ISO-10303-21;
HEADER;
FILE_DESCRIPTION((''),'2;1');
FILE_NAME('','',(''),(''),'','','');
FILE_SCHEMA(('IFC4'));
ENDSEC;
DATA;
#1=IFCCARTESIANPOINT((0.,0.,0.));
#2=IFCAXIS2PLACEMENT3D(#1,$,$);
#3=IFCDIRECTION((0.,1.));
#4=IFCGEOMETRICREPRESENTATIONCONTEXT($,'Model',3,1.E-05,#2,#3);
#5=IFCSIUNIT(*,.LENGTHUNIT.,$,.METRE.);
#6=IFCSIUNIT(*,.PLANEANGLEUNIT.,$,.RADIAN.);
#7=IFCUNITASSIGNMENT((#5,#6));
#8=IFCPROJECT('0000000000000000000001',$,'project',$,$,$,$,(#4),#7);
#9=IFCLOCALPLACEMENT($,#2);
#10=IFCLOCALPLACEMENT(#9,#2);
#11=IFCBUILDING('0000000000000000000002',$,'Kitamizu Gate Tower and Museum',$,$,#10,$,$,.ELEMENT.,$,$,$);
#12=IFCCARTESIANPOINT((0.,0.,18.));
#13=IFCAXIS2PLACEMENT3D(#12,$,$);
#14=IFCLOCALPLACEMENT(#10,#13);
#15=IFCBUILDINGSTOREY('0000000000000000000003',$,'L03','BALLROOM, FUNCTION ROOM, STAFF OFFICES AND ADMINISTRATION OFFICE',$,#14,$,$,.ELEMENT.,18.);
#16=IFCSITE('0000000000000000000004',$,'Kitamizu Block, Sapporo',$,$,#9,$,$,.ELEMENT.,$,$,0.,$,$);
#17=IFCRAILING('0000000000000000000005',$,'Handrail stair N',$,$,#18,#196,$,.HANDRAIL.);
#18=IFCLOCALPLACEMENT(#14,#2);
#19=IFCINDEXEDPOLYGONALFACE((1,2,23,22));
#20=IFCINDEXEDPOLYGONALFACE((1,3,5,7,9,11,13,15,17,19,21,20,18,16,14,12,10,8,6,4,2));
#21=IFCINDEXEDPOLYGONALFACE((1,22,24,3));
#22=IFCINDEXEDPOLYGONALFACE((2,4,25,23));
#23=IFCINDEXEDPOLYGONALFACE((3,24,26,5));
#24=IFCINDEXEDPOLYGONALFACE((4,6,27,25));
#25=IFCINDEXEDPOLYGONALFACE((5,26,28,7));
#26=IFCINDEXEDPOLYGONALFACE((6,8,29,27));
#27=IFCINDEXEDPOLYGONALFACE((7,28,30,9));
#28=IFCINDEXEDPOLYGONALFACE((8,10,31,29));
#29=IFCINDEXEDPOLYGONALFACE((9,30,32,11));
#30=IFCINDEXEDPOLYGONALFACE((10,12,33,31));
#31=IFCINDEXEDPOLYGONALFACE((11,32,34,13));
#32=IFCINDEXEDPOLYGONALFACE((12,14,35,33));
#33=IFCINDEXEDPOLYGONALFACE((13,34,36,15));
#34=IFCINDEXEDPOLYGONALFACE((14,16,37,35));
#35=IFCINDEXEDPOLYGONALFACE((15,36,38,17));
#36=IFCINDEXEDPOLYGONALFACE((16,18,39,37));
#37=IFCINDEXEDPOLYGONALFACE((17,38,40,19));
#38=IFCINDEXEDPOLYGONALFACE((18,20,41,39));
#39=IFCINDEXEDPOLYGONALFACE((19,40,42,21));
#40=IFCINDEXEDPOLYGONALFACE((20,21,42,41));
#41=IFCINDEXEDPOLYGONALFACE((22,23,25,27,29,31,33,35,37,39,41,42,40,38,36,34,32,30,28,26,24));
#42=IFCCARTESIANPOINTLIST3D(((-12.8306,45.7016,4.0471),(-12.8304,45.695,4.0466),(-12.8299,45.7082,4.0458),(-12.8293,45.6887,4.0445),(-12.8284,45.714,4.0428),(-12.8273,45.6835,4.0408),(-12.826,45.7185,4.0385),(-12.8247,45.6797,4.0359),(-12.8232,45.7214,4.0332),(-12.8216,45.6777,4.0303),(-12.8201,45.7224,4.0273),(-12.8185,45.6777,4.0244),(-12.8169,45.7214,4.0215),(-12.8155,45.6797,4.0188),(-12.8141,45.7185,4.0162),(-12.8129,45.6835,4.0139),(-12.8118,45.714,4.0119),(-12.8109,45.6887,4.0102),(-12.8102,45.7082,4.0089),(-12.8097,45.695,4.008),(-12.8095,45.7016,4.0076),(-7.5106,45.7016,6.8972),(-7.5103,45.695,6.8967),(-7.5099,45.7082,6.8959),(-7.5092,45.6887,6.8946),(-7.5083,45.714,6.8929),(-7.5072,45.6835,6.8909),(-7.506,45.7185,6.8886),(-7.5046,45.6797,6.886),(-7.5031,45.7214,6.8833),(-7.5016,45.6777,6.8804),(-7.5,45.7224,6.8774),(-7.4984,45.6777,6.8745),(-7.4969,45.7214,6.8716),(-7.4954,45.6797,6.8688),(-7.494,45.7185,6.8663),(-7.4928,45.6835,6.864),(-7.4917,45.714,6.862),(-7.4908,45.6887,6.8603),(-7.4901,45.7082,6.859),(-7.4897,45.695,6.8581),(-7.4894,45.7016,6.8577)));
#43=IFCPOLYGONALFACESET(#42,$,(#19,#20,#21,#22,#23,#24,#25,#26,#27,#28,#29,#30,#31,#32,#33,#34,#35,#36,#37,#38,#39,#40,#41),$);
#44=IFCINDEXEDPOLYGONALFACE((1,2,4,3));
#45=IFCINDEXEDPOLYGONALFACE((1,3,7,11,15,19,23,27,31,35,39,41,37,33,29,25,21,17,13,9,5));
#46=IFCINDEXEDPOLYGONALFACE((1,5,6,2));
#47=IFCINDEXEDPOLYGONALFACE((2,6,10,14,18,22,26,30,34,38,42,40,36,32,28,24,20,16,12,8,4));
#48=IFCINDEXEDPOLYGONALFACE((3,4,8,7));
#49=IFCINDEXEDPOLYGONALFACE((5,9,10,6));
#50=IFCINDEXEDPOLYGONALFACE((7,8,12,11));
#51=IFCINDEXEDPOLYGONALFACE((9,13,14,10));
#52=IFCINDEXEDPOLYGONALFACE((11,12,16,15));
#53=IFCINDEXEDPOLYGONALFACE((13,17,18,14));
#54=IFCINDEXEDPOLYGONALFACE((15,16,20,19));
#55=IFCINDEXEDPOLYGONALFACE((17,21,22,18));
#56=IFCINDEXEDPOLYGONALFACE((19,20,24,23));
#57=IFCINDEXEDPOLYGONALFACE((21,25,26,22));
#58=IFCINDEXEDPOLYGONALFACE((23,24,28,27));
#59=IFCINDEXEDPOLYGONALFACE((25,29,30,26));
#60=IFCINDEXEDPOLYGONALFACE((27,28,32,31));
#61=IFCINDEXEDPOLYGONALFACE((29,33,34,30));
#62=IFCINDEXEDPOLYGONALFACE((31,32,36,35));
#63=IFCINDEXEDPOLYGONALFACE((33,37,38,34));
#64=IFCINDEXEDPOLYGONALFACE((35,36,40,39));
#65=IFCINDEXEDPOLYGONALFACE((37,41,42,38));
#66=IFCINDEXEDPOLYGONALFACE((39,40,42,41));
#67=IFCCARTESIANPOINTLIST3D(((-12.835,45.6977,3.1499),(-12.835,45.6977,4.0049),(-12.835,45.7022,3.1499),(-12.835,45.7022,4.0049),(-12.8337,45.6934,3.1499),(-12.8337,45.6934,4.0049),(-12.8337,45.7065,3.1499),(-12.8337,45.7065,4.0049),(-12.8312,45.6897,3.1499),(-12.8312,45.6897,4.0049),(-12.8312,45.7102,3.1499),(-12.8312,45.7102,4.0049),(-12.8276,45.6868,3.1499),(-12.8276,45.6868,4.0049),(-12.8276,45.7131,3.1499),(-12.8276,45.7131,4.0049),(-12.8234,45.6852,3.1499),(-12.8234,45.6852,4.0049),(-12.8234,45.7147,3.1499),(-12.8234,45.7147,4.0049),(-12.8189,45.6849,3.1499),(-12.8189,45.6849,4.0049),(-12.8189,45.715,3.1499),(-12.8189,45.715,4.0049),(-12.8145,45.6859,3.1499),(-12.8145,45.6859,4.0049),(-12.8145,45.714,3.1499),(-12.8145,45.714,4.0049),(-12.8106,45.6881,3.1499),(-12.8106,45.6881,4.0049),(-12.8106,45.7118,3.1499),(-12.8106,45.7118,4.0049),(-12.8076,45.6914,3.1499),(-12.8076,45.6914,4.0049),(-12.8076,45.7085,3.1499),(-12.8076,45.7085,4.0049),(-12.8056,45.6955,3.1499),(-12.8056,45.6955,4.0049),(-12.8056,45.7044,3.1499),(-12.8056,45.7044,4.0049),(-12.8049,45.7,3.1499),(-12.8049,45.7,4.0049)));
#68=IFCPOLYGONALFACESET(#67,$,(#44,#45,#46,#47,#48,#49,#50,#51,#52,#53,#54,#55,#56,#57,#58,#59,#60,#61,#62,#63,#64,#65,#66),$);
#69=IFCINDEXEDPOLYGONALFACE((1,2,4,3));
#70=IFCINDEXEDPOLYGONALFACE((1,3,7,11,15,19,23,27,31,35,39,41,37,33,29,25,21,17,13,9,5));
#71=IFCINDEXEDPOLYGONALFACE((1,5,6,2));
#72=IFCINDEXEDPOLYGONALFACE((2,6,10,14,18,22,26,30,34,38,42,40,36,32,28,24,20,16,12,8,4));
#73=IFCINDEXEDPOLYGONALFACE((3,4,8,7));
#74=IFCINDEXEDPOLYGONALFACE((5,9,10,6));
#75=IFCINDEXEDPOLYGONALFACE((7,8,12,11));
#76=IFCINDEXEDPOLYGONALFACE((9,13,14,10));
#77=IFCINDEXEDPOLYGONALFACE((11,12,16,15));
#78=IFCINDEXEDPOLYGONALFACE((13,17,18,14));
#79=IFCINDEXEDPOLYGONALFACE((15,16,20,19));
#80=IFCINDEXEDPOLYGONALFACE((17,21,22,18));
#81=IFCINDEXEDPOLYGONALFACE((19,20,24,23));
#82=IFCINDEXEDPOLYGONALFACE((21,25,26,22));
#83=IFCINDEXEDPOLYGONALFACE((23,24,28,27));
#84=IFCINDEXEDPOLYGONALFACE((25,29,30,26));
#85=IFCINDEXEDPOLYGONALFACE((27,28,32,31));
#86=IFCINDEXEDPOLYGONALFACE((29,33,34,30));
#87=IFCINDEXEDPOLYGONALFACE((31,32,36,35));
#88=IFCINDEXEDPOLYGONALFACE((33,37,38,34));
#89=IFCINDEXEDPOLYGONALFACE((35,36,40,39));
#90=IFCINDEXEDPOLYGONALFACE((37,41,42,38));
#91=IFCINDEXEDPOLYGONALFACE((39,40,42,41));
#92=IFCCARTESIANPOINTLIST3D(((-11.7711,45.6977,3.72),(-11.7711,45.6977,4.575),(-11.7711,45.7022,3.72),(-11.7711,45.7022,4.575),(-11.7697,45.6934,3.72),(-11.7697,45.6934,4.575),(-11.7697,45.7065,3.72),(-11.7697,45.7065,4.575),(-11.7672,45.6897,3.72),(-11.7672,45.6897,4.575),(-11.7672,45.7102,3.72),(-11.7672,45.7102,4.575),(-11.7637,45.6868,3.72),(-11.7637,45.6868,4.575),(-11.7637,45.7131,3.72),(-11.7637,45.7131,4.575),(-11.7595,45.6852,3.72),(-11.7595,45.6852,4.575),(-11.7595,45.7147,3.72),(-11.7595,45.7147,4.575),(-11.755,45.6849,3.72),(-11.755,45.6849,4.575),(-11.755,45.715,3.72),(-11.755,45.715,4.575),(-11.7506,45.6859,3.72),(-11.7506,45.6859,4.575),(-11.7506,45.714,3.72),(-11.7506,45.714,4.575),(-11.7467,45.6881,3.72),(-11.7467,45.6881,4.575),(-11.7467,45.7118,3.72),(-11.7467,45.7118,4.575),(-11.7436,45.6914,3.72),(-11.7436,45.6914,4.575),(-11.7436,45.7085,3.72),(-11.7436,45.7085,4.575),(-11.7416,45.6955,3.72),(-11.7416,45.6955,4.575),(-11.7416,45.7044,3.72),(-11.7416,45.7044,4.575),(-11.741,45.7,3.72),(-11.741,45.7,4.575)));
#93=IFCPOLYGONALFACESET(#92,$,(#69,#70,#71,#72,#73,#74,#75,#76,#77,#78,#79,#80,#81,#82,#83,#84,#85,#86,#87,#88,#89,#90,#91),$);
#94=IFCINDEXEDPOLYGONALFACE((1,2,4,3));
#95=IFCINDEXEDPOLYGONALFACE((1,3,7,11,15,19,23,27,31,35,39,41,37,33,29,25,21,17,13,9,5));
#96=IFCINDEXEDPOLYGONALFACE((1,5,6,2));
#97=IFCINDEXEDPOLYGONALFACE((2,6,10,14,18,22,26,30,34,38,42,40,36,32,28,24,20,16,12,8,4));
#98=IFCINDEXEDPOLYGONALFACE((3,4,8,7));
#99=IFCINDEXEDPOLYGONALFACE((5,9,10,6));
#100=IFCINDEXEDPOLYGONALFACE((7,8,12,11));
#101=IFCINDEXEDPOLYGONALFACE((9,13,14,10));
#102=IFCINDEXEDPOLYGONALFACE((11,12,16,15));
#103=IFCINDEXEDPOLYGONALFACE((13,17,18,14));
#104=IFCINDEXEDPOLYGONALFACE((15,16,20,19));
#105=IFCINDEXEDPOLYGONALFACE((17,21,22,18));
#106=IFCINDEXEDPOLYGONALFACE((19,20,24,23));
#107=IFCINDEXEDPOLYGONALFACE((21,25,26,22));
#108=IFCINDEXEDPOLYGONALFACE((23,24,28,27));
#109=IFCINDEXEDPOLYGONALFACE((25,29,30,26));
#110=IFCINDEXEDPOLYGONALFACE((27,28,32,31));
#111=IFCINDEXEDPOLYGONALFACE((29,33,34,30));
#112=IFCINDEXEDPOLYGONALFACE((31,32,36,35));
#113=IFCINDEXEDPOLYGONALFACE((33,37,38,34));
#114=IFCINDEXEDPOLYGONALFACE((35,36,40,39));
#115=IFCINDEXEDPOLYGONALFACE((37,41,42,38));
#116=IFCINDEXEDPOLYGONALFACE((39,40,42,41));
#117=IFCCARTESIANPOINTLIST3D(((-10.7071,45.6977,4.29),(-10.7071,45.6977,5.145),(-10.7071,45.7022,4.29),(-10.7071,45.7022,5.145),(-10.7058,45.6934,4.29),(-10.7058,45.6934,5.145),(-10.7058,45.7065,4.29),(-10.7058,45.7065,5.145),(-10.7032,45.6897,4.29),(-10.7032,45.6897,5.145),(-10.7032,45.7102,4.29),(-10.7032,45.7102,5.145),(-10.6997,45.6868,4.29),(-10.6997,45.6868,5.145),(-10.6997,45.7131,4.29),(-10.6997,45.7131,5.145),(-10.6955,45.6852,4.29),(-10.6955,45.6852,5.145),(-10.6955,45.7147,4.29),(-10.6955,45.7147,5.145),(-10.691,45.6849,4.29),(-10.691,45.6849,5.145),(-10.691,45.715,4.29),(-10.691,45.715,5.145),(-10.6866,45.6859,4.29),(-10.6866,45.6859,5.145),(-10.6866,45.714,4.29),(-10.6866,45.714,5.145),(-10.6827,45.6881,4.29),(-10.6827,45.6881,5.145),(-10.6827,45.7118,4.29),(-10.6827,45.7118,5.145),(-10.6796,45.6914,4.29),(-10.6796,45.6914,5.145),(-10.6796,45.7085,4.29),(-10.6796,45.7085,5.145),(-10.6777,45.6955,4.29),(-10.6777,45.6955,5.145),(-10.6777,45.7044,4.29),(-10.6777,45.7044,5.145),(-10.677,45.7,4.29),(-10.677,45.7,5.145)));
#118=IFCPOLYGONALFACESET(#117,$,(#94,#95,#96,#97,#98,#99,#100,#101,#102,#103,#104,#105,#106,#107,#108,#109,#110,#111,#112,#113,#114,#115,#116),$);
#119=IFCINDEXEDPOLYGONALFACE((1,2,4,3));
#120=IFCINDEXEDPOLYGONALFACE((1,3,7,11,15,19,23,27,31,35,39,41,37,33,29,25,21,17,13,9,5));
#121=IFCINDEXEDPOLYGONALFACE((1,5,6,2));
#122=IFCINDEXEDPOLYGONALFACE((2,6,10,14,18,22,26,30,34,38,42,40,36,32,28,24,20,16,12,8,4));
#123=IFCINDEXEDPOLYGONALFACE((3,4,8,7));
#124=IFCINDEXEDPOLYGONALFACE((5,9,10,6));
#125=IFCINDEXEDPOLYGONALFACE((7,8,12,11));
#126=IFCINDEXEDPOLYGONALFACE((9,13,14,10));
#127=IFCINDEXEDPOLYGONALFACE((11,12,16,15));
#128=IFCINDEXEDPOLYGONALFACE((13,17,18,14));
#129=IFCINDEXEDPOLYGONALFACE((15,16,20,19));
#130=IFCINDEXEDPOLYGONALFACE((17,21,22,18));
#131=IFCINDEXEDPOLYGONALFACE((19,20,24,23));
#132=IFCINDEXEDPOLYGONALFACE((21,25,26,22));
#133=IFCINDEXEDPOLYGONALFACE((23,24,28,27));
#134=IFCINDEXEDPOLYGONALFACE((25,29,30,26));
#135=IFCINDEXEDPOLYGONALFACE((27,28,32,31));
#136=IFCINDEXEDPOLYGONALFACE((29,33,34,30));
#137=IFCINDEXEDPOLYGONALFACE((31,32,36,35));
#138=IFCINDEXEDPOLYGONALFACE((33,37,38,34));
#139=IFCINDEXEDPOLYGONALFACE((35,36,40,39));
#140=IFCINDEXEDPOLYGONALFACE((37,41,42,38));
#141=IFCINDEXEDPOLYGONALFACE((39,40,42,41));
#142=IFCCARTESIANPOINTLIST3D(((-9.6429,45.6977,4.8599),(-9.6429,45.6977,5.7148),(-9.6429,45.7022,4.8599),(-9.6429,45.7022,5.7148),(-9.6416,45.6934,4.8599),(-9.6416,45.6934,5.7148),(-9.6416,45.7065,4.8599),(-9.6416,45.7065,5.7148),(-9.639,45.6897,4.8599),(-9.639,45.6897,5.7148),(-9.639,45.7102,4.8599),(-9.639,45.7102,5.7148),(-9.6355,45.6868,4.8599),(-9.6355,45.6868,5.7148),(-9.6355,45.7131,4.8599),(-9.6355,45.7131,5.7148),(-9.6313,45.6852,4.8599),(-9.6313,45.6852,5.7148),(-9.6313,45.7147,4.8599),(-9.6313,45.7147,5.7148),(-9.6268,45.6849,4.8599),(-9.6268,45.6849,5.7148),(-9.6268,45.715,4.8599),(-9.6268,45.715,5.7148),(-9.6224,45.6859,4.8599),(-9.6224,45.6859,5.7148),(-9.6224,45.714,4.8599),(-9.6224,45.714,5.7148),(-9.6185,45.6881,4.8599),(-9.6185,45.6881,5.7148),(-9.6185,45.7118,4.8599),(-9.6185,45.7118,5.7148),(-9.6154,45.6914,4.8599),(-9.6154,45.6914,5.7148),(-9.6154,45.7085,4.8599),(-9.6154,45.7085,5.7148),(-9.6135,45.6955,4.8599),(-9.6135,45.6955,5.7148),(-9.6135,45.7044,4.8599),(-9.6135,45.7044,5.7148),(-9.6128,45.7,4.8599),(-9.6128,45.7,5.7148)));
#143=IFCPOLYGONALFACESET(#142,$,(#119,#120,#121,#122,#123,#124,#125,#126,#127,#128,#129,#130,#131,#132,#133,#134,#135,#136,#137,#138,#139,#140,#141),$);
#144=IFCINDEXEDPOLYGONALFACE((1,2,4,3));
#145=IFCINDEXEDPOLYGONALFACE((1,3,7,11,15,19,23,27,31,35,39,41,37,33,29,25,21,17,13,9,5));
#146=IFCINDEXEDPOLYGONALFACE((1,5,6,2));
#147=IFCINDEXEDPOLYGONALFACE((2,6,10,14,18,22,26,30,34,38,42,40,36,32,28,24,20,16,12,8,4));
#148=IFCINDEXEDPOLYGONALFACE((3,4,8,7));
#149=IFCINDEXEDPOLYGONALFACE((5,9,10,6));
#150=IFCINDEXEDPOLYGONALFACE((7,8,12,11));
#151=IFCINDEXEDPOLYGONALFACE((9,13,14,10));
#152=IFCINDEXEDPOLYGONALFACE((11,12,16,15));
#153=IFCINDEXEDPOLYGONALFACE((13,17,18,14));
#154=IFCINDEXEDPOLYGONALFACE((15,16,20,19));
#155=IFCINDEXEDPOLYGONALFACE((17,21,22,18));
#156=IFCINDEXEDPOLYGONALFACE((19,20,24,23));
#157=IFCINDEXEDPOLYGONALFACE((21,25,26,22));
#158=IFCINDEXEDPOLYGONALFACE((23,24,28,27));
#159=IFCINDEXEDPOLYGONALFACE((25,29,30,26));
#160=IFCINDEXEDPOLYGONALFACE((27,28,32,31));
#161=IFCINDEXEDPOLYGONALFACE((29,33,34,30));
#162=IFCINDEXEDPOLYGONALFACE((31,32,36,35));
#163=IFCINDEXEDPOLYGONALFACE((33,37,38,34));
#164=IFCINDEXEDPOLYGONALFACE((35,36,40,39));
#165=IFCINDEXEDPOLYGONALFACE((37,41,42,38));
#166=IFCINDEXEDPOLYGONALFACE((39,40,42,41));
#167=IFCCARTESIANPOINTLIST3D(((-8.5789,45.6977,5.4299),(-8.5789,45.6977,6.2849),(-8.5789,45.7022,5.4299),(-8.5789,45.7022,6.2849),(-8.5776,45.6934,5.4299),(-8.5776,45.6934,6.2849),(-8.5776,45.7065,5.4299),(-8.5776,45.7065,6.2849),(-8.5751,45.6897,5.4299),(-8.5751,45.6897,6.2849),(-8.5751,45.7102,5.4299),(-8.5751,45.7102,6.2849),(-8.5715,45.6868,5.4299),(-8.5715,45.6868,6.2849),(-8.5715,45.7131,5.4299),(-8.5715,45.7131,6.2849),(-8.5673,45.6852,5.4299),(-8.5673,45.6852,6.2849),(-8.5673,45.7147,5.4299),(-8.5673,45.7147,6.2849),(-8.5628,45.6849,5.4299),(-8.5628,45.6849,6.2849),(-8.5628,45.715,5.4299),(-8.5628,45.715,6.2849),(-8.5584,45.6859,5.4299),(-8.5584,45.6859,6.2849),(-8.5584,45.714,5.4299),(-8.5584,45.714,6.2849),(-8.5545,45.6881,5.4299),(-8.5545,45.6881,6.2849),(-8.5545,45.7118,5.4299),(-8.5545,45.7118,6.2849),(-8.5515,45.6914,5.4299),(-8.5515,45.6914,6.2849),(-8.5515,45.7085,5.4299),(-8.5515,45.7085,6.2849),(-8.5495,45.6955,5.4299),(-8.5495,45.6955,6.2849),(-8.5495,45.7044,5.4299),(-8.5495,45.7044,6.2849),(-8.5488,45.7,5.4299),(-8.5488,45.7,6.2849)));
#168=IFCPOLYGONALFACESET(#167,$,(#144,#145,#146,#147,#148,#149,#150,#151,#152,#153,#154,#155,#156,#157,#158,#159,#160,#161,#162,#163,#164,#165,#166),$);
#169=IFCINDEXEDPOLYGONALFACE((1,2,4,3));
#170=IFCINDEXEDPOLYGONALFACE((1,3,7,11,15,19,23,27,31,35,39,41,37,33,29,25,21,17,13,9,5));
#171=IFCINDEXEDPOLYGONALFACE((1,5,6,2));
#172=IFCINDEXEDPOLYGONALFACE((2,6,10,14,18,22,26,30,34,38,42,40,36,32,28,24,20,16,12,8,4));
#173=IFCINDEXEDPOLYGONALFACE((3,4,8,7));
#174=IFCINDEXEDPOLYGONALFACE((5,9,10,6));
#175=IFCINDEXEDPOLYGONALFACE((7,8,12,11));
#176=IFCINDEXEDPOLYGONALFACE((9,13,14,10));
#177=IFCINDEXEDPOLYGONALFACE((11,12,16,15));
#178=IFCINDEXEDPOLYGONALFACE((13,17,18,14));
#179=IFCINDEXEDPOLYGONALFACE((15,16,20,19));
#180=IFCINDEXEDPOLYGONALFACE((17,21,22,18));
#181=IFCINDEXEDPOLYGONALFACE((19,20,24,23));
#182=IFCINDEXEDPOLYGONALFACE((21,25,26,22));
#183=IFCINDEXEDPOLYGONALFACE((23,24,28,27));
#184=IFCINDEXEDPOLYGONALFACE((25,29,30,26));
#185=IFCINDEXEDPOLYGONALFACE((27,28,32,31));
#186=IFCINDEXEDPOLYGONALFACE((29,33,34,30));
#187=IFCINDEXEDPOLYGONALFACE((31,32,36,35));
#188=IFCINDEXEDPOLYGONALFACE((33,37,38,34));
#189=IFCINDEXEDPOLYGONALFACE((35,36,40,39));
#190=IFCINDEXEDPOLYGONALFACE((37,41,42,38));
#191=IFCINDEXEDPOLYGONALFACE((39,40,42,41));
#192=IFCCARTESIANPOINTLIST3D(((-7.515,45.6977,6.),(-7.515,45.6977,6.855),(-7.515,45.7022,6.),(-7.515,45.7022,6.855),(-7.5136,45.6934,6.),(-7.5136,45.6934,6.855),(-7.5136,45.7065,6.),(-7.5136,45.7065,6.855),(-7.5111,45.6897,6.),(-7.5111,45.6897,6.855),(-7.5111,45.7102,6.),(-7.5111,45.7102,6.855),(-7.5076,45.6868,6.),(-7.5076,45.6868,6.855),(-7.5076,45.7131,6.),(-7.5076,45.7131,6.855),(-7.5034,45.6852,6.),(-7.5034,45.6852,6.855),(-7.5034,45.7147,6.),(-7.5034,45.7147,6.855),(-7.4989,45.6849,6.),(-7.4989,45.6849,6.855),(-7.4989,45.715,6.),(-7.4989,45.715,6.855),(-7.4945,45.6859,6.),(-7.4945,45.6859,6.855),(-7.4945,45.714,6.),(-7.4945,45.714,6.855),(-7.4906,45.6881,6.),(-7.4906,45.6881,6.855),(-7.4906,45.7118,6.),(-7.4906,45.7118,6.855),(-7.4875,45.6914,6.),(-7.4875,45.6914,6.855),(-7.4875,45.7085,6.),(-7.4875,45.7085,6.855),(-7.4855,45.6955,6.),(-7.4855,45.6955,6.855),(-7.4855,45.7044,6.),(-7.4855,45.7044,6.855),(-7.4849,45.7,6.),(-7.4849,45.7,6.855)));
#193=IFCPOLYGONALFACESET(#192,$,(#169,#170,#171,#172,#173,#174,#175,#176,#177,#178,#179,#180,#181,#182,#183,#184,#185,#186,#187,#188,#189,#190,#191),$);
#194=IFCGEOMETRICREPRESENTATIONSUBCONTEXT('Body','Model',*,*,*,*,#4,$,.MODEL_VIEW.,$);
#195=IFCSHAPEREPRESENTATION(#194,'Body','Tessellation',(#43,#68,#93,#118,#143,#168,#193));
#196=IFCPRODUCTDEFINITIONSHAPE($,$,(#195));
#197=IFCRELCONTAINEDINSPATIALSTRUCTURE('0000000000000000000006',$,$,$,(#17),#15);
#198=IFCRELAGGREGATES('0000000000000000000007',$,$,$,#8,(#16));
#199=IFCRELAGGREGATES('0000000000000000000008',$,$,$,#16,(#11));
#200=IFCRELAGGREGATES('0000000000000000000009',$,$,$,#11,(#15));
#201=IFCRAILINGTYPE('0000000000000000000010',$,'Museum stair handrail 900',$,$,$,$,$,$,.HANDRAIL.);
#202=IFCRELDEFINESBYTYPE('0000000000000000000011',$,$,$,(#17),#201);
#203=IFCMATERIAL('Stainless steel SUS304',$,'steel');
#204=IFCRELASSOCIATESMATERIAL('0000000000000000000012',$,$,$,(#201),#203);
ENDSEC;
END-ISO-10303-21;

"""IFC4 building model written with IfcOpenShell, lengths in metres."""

from ifc_helpers import new_model, si_unit, direction, frame, origin, origin_2d, place, context, subcontext, project, spatial, circle, extrude, material, type_object, element, save


model = new_model("IFC4")

# Units and contexts
model_context = context("Model", 3, precision=1e-05, world=origin(), true_north=direction((0.0, 1.0)))
body_context = subcontext(model_context, "Body", "Model", "MODEL_VIEW")
ifc_project = project(units=[si_unit("LENGTHUNIT", "METRE"), si_unit("PLANEANGLEUNIT", "RADIAN")], contexts=[model_context])

# Site, building, storey
site_placement = place(None, origin())
site = spatial("IfcSite", under=ifc_project, at=site_placement, Name="Kitamizu Block, Sapporo", CompositionType="ELEMENT", RefElevation=0.0)
building_placement = place(site_placement, origin())
building = spatial("IfcBuilding", under=site, at=building_placement, Name="Kitamizu Gate Tower and Museum", CompositionType="ELEMENT")
storey_placement = place(building_placement, frame((0.0, 0.0, 18.0)))
storey = spatial("IfcBuildingStorey", under=building, at=storey_placement, Name="L03", Description="BALLROOM, FUNCTION ROOM, STAFF OFFICES AND ADMINISTRATION OFFICE", CompositionType="ELEMENT", Elevation=18.0)

# Railing
ifc_material_1 = material(Name="Stainless steel SUS304", Category="steel")
railing_type = type_object("IfcRailingType", Name="Museum stair handrail 900", PredefinedType="HANDRAIL", material=ifc_material_1)
for number, where, name in (
    (1, (-12.8201, 45.7, 3.1499), "Handrail stair N"),
):
    element("IfcRailing", number, at=place(storey_placement, frame(where)), inside=storey, type_object=railing_type, Name=name, PredefinedType="HANDRAIL", context=body_context, shape_type="SweptSolid", body=[
        extrude(circle(Radius=0.0225, at=origin_2d()), frame((0.0, 0.0, 0.8774), z_axis=(0.881476, 0.0, 0.472229), x_axis=(0.0, 1.0, 0.0)), (0.0, 0.0, 1.0), 6.0354),
        extrude(circle(Radius=0.0151, at=origin_2d()), origin(), (0.0, 0.0, 1.0), 0.855),
        extrude(circle(Radius=0.0151, at=origin_2d()), frame((1.064, 0.0, 0.5701)), (0.0, 0.0, 1.0), 0.855),
        extrude(circle(Radius=0.0151, at=origin_2d()), frame((2.1279, 0.0, 1.1401)), (0.0, 0.0, 1.0), 0.855),
        extrude(circle(Radius=0.0151, at=origin_2d()), frame((3.1921, 0.0, 1.71)), (0.0, 0.0, 1.0), 0.855),
        extrude(circle(Radius=0.0151, at=origin_2d()), frame((4.2561, 0.0, 2.28)), (0.0, 0.0, 1.0), 0.855),
        extrude(circle(Radius=0.0151, at=origin_2d()), frame((5.3201, 0.0, 2.8501)), (0.0, 0.0, 1.0), 0.855),
    ])

save(model, "model.ifc")
